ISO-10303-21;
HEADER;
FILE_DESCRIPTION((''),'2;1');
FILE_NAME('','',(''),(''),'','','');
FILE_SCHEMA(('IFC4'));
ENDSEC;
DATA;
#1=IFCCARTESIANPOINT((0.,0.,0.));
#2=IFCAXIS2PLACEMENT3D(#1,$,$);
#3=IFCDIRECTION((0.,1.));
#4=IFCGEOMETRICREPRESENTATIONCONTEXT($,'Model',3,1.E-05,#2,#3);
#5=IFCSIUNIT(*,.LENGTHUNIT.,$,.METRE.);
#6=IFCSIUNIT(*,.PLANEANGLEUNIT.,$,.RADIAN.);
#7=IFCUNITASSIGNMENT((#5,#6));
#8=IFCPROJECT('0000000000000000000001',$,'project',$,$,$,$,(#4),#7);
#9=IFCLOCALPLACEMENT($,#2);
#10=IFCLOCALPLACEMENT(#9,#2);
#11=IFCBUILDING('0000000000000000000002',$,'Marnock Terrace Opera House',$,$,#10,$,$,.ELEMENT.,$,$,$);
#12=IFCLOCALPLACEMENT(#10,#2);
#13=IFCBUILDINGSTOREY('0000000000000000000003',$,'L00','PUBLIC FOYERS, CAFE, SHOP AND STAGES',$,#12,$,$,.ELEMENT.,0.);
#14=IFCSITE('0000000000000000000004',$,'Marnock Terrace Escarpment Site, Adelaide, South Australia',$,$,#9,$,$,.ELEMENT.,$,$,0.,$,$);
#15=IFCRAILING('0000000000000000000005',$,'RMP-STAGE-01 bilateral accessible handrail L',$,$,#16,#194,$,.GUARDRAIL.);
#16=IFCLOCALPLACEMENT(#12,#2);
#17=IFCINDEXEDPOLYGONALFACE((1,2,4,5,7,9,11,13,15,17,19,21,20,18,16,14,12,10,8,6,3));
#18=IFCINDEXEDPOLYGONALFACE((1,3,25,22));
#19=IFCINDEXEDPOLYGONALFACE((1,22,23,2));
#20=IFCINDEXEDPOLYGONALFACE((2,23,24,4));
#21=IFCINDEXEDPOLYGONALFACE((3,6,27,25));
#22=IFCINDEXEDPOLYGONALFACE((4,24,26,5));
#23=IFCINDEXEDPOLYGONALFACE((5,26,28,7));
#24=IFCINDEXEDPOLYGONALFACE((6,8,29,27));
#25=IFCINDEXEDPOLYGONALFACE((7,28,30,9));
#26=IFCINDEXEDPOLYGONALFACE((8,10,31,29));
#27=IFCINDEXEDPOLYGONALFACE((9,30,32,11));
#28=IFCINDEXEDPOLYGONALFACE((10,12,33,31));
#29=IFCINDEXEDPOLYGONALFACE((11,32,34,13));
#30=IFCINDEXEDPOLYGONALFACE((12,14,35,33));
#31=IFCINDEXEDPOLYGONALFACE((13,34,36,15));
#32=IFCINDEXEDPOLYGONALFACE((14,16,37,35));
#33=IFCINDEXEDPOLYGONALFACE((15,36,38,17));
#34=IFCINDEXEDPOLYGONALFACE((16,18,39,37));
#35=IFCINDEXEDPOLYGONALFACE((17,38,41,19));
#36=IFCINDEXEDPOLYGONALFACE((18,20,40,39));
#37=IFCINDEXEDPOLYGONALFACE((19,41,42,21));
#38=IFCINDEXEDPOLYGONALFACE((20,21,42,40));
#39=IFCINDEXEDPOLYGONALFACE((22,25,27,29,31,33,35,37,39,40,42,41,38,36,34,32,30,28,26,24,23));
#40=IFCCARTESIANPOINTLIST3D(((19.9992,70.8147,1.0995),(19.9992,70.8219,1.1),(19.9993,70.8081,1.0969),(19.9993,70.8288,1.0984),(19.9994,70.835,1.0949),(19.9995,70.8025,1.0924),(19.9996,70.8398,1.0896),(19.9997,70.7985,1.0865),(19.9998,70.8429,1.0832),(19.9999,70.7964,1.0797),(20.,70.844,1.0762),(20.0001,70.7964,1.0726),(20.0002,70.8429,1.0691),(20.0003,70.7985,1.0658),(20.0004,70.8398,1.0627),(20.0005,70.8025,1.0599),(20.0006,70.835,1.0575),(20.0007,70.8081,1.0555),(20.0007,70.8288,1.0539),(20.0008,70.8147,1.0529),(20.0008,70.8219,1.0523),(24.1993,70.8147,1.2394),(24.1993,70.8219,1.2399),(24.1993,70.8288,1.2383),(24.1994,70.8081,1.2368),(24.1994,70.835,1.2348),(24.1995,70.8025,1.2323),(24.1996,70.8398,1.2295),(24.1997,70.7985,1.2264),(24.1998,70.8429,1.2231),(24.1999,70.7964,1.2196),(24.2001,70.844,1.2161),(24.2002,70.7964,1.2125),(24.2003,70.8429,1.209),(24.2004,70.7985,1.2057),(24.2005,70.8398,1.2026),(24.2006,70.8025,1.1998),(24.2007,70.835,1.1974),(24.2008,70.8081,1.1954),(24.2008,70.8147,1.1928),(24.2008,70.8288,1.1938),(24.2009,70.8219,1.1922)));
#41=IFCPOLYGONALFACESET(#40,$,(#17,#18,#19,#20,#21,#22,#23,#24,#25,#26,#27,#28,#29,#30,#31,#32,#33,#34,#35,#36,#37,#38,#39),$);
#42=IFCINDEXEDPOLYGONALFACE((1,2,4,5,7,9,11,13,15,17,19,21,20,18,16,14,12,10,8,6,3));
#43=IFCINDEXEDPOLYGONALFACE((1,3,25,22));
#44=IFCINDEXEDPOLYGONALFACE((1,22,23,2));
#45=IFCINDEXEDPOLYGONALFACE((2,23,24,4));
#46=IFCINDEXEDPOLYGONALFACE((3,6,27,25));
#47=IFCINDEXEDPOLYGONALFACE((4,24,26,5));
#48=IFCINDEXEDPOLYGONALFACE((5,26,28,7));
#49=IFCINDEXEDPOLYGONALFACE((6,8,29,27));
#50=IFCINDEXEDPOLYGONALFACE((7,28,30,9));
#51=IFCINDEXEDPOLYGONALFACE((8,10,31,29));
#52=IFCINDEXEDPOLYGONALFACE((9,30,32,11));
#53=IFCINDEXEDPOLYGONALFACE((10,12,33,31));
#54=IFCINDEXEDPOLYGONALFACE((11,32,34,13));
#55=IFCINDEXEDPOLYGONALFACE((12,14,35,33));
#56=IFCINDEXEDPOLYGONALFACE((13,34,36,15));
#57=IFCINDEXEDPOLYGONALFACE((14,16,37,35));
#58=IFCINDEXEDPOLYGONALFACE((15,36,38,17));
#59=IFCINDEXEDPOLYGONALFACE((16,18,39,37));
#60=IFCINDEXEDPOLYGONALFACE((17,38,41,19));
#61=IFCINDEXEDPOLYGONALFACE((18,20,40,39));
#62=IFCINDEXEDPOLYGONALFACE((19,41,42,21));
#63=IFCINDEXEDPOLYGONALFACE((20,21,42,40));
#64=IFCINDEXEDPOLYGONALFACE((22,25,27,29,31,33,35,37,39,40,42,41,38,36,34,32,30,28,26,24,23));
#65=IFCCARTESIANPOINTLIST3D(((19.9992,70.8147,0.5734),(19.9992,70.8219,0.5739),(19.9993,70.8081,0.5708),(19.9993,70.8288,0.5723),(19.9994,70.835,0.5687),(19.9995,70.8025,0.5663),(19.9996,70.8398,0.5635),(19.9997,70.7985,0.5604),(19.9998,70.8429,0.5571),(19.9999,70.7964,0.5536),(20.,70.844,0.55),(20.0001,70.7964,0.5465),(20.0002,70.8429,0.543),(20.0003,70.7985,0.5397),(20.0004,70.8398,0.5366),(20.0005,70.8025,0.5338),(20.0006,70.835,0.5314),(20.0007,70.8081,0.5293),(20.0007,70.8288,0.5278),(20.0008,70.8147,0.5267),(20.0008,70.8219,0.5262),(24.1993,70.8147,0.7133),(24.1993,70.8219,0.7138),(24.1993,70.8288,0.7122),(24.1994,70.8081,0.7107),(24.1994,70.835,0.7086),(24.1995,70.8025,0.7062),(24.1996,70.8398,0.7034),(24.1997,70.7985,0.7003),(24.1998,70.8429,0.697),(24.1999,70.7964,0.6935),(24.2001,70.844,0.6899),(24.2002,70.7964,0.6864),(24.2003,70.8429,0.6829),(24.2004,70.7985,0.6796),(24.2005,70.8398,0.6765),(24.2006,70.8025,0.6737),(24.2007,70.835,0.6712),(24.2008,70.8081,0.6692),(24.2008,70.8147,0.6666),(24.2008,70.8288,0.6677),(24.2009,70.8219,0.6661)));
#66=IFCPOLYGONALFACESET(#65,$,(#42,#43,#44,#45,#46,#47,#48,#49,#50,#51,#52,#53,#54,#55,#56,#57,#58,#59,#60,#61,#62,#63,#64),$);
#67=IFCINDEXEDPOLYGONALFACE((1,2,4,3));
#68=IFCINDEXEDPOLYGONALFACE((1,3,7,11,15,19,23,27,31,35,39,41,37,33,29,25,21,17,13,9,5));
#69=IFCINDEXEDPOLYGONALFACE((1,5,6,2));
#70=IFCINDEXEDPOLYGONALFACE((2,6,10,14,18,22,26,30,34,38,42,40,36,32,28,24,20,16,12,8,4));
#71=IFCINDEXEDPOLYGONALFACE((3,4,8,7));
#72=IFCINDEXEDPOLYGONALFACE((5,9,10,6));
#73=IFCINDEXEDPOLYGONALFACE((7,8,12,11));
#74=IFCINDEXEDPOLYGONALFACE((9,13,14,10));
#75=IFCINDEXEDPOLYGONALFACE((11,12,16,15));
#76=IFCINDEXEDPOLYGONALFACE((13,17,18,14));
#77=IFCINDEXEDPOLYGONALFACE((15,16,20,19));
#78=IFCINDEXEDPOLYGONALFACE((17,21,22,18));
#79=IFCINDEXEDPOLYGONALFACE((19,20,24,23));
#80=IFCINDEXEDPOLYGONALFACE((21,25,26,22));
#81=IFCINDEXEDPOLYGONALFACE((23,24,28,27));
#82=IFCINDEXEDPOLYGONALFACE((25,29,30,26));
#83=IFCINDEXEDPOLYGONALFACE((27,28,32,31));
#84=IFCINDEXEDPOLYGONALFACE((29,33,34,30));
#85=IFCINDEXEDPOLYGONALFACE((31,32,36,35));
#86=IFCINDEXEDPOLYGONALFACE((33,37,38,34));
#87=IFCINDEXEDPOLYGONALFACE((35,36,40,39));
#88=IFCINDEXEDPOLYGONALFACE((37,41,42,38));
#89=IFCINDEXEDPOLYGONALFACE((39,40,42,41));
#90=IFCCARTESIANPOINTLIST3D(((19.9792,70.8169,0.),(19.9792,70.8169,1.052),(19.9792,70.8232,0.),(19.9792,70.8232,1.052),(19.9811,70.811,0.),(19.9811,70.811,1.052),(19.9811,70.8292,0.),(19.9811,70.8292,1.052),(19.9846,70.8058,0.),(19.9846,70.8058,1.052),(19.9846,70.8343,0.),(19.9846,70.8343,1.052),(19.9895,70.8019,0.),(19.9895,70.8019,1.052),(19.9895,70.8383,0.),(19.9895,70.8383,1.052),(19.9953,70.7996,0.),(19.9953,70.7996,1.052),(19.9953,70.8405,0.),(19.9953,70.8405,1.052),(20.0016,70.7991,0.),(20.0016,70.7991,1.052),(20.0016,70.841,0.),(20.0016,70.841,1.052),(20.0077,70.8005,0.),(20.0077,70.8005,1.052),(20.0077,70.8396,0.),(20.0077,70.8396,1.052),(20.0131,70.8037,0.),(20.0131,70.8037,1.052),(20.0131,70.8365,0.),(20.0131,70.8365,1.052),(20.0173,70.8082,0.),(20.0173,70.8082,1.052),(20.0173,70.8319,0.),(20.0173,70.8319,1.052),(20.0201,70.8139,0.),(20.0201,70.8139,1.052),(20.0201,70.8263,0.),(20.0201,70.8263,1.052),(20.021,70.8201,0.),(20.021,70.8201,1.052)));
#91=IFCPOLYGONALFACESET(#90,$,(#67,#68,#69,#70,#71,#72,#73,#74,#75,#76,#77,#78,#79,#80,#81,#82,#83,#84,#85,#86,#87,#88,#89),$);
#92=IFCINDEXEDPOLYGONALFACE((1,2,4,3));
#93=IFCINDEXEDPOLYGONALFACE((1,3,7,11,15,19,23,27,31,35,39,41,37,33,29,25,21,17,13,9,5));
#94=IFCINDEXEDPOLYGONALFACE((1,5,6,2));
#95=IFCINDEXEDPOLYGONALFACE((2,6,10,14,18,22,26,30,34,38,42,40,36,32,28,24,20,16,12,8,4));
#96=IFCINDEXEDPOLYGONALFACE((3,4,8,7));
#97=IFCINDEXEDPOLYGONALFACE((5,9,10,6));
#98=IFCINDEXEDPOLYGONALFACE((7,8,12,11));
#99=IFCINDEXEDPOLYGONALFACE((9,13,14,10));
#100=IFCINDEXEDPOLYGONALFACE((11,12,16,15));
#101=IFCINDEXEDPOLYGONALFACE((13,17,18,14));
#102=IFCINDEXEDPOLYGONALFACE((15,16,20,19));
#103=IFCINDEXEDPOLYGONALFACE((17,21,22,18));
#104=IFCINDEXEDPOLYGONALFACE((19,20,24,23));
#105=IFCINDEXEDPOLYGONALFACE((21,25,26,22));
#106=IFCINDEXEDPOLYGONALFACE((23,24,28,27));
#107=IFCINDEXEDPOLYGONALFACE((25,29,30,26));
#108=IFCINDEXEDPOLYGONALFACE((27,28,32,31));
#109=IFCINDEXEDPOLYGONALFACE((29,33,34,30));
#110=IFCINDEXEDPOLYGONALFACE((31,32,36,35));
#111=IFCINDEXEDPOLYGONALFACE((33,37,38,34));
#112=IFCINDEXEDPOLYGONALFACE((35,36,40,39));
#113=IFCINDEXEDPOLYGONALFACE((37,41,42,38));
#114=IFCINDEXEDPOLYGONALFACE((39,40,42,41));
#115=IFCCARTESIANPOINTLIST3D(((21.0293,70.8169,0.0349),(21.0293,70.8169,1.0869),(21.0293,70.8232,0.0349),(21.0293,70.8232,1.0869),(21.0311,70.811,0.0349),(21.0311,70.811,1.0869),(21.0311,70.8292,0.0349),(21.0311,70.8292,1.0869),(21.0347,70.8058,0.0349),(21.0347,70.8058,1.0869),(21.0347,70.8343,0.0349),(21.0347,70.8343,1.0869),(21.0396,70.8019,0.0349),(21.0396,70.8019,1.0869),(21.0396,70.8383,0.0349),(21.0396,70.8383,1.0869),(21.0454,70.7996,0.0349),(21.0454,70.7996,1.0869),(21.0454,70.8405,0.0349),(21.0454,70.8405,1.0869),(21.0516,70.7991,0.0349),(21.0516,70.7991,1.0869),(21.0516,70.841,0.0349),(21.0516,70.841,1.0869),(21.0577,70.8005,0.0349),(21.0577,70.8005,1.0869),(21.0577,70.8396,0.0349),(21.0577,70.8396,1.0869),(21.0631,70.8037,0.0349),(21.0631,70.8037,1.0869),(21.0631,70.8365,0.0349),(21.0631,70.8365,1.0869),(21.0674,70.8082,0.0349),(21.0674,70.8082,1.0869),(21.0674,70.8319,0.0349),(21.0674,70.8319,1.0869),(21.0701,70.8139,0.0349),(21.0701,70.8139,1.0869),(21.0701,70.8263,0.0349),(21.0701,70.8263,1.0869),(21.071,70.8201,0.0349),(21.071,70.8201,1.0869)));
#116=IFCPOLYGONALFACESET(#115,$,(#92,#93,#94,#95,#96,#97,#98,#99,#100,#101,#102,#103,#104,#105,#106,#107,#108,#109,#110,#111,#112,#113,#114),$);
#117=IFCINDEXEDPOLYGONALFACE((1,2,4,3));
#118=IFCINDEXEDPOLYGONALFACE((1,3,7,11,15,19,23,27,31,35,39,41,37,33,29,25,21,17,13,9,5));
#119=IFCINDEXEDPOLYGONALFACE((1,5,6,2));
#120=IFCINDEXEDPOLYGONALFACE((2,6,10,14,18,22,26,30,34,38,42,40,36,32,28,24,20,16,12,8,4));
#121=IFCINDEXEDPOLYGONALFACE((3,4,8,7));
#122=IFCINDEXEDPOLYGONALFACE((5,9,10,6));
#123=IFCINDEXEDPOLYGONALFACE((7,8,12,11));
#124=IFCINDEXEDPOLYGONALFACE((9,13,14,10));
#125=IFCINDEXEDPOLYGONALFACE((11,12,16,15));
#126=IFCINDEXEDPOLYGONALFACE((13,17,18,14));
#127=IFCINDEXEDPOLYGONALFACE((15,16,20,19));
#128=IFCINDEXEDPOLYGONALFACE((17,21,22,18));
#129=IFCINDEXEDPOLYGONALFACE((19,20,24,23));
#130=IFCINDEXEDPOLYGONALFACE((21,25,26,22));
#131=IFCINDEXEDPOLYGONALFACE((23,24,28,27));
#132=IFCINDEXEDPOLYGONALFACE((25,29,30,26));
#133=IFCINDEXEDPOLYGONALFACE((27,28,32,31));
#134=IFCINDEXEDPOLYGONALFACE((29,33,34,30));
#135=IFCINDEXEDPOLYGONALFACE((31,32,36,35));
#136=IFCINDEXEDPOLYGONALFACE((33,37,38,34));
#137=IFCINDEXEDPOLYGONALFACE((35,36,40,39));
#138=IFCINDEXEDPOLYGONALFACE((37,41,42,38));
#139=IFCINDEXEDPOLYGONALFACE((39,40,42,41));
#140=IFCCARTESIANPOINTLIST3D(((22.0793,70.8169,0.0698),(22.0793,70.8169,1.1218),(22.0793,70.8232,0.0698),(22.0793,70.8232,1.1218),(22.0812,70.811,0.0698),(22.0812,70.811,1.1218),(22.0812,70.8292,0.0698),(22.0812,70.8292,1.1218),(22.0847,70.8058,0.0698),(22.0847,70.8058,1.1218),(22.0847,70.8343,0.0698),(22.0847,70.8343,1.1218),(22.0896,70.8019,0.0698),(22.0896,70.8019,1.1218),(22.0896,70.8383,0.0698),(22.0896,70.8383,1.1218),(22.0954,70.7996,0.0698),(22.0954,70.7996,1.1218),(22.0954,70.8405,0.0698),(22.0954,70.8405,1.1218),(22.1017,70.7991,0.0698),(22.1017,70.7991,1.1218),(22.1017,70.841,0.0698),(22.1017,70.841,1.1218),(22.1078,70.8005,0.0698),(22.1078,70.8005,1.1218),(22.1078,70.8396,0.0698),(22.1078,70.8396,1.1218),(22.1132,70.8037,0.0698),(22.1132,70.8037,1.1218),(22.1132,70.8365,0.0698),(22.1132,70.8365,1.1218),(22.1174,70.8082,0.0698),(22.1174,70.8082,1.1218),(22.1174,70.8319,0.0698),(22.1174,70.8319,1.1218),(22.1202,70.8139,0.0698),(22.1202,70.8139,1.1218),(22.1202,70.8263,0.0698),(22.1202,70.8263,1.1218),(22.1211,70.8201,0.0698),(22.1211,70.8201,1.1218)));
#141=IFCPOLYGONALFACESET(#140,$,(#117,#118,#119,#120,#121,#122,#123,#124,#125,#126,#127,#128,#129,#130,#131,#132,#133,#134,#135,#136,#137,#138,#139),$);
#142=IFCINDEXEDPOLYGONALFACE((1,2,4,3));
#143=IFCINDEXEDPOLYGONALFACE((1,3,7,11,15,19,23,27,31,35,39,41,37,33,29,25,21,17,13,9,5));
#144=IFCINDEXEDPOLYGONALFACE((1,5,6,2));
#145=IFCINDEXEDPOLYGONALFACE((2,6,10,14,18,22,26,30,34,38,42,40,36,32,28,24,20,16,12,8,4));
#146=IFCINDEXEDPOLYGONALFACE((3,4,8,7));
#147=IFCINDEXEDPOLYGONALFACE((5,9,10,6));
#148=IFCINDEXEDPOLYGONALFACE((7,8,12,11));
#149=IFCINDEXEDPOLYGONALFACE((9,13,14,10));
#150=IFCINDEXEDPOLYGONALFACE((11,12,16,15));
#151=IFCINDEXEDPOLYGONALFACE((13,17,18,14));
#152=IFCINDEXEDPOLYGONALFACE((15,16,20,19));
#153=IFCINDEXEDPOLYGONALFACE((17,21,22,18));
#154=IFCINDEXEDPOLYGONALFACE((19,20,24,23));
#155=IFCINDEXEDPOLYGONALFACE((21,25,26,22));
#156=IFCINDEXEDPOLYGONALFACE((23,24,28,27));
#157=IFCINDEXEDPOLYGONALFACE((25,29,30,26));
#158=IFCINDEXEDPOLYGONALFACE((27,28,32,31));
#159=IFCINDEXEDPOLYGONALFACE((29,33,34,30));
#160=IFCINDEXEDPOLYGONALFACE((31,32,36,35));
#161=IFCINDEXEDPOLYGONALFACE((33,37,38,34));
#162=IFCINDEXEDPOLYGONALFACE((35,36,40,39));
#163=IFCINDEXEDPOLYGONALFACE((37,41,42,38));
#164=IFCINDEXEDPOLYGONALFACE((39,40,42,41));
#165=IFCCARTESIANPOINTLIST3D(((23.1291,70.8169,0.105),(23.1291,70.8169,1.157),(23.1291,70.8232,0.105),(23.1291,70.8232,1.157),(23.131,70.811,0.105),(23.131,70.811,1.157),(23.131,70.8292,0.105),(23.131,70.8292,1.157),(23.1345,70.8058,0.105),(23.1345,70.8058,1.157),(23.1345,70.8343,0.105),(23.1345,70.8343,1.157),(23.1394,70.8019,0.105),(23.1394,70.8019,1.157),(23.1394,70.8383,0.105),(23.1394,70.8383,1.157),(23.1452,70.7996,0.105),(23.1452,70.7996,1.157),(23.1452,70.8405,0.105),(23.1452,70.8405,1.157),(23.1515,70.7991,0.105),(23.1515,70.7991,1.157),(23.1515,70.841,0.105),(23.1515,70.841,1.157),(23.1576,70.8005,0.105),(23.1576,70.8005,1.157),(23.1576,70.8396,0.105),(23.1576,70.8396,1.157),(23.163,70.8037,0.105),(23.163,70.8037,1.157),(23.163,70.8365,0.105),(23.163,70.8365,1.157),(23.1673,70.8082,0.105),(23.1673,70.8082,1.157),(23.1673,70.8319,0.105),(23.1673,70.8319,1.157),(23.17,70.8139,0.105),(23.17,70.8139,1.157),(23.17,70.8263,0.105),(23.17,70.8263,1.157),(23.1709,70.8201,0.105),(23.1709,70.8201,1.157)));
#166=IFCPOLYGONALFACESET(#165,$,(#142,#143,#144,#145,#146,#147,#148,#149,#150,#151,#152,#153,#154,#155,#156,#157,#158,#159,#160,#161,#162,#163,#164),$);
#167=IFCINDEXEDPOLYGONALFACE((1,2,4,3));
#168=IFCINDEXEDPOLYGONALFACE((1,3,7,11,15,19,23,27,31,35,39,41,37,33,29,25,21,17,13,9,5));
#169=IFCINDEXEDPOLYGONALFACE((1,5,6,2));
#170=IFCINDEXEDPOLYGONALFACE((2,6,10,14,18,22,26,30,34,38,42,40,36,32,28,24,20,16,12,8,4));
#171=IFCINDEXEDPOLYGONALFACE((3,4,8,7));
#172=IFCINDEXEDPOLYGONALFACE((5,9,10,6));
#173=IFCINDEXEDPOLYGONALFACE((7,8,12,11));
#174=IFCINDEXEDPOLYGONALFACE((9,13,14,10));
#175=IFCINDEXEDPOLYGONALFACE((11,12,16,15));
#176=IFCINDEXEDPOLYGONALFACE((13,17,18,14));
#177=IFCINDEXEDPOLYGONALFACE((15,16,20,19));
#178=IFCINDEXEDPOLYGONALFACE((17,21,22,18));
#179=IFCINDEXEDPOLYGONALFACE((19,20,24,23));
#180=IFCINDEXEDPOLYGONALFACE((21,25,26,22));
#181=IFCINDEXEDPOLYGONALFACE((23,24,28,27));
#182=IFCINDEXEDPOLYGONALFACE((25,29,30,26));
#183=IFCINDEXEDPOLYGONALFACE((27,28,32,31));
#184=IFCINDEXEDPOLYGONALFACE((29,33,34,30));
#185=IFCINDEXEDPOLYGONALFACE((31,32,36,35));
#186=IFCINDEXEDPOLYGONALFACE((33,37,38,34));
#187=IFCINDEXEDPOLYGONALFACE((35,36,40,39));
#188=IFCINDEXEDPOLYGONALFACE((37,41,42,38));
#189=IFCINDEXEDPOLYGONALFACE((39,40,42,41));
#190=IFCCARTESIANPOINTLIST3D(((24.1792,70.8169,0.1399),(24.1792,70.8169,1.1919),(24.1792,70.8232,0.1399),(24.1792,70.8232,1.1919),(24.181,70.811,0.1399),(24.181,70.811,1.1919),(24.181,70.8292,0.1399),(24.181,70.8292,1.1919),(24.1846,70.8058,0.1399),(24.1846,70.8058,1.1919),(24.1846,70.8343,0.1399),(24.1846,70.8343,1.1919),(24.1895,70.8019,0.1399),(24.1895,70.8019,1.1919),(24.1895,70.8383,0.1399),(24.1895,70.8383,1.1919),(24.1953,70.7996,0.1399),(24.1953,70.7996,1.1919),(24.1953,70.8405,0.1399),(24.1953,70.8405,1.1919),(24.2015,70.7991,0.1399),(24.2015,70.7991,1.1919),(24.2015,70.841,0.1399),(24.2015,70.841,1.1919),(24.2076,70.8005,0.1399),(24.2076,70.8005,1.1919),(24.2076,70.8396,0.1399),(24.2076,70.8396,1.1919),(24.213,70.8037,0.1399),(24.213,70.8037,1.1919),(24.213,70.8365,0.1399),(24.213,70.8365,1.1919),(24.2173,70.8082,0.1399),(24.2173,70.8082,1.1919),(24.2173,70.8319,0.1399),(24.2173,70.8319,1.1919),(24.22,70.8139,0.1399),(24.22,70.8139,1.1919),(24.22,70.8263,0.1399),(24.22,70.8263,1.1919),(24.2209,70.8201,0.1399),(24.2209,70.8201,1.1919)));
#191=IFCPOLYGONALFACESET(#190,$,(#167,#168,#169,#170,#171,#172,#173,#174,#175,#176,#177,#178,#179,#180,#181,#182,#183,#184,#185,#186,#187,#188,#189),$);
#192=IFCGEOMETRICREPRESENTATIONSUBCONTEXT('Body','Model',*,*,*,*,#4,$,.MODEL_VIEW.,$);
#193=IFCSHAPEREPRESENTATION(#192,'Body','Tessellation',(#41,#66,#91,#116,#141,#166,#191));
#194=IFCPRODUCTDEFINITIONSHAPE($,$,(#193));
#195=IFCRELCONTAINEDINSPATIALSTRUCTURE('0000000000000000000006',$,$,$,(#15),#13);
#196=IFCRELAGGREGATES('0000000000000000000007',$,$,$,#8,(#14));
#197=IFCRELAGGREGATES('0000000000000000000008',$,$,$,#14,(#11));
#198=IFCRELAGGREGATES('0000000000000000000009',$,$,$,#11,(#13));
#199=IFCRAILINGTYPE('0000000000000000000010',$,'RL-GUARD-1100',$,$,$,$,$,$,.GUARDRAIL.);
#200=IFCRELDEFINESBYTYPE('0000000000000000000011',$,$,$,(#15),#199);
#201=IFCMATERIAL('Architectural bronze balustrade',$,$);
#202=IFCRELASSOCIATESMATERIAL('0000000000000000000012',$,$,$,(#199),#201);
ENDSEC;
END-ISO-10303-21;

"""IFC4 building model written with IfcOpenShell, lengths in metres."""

from ifc_helpers import new_model, si_unit, direction, frame, origin, origin_2d, place, context, subcontext, project, spatial, circle, extrude, material, type_object, element, save


model = new_model("IFC4")

# Units and contexts
model_context = context("Model", 3, precision=1e-05, world=origin(), true_north=direction((0.0, 1.0)))
body_context = subcontext(model_context, "Body", "Model", "MODEL_VIEW")
ifc_project = project(units=[si_unit("LENGTHUNIT", "METRE"), si_unit("PLANEANGLEUNIT", "RADIAN")], contexts=[model_context])

# Site, building, storey
site_placement = place(None, origin())
site = spatial("IfcSite", under=ifc_project, at=site_placement, Name="Marnock Terrace Escarpment Site, Adelaide, South Australia", CompositionType="ELEMENT", RefElevation=0.0)
building_placement = place(site_placement, origin())
building = spatial("IfcBuilding", under=site, at=building_placement, Name="Marnock Terrace Opera House", CompositionType="ELEMENT")
storey_placement = place(building_placement, origin())
storey = spatial("IfcBuildingStorey", under=building, at=storey_placement, Name="L00", Description="PUBLIC FOYERS, CAFE, SHOP AND STAGES", CompositionType="ELEMENT", Elevation=0.0)

# Railing
ifc_material_1 = material(Name="Architectural bronze balustrade")
railing_type = type_object("IfcRailingType", Name="RL-GUARD-1100", PredefinedType="GUARDRAIL", material=ifc_material_1)
for number, where, name in (
    (1, (20.0, 70.8201, 0.0), "RMP-STAGE-01 bilateral accessible handrail L"),
):
    element("IfcRailing", number, at=place(storey_placement, frame(where)), inside=storey, type_object=railing_type, Name=name, PredefinedType="GUARDRAIL", context=body_context, shape_type="SweptSolid", body=[
        extrude(circle(Radius=0.0239, at=origin_2d()), frame((0.0, 0.0, 1.0762), z_axis=(0.999446, 0.0, 0.03329), x_axis=(0.0, 1.0, 0.0)), (0.0, 0.0, 1.0), 4.2024),
        extrude(circle(Radius=0.0239, at=origin_2d()), frame((0.0, 0.0, 0.55), z_axis=(0.999446, 0.0, 0.03329), x_axis=(0.0, 1.0, 0.0)), (0.0, 0.0, 1.0), 4.2024),
        extrude(circle(Radius=0.021, at=origin_2d()), origin(), (0.0, 0.0, 1.0), 1.052),
        extrude(circle(Radius=0.021, at=origin_2d()), frame((1.05, 0.0, 0.0349)), (0.0, 0.0, 1.0), 1.052),
        extrude(circle(Radius=0.021, at=origin_2d()), frame((2.1001, 0.0, 0.0698)), (0.0, 0.0, 1.0), 1.052),
        extrude(circle(Radius=0.021, at=origin_2d()), frame((3.1499, 0.0, 0.105)), (0.0, 0.0, 1.0), 1.052),
        extrude(circle(Radius=0.021, at=origin_2d()), frame((4.2, 0.0, 0.1399)), (0.0, 0.0, 1.0), 1.052),
    ])

save(model, "model.ifc")
